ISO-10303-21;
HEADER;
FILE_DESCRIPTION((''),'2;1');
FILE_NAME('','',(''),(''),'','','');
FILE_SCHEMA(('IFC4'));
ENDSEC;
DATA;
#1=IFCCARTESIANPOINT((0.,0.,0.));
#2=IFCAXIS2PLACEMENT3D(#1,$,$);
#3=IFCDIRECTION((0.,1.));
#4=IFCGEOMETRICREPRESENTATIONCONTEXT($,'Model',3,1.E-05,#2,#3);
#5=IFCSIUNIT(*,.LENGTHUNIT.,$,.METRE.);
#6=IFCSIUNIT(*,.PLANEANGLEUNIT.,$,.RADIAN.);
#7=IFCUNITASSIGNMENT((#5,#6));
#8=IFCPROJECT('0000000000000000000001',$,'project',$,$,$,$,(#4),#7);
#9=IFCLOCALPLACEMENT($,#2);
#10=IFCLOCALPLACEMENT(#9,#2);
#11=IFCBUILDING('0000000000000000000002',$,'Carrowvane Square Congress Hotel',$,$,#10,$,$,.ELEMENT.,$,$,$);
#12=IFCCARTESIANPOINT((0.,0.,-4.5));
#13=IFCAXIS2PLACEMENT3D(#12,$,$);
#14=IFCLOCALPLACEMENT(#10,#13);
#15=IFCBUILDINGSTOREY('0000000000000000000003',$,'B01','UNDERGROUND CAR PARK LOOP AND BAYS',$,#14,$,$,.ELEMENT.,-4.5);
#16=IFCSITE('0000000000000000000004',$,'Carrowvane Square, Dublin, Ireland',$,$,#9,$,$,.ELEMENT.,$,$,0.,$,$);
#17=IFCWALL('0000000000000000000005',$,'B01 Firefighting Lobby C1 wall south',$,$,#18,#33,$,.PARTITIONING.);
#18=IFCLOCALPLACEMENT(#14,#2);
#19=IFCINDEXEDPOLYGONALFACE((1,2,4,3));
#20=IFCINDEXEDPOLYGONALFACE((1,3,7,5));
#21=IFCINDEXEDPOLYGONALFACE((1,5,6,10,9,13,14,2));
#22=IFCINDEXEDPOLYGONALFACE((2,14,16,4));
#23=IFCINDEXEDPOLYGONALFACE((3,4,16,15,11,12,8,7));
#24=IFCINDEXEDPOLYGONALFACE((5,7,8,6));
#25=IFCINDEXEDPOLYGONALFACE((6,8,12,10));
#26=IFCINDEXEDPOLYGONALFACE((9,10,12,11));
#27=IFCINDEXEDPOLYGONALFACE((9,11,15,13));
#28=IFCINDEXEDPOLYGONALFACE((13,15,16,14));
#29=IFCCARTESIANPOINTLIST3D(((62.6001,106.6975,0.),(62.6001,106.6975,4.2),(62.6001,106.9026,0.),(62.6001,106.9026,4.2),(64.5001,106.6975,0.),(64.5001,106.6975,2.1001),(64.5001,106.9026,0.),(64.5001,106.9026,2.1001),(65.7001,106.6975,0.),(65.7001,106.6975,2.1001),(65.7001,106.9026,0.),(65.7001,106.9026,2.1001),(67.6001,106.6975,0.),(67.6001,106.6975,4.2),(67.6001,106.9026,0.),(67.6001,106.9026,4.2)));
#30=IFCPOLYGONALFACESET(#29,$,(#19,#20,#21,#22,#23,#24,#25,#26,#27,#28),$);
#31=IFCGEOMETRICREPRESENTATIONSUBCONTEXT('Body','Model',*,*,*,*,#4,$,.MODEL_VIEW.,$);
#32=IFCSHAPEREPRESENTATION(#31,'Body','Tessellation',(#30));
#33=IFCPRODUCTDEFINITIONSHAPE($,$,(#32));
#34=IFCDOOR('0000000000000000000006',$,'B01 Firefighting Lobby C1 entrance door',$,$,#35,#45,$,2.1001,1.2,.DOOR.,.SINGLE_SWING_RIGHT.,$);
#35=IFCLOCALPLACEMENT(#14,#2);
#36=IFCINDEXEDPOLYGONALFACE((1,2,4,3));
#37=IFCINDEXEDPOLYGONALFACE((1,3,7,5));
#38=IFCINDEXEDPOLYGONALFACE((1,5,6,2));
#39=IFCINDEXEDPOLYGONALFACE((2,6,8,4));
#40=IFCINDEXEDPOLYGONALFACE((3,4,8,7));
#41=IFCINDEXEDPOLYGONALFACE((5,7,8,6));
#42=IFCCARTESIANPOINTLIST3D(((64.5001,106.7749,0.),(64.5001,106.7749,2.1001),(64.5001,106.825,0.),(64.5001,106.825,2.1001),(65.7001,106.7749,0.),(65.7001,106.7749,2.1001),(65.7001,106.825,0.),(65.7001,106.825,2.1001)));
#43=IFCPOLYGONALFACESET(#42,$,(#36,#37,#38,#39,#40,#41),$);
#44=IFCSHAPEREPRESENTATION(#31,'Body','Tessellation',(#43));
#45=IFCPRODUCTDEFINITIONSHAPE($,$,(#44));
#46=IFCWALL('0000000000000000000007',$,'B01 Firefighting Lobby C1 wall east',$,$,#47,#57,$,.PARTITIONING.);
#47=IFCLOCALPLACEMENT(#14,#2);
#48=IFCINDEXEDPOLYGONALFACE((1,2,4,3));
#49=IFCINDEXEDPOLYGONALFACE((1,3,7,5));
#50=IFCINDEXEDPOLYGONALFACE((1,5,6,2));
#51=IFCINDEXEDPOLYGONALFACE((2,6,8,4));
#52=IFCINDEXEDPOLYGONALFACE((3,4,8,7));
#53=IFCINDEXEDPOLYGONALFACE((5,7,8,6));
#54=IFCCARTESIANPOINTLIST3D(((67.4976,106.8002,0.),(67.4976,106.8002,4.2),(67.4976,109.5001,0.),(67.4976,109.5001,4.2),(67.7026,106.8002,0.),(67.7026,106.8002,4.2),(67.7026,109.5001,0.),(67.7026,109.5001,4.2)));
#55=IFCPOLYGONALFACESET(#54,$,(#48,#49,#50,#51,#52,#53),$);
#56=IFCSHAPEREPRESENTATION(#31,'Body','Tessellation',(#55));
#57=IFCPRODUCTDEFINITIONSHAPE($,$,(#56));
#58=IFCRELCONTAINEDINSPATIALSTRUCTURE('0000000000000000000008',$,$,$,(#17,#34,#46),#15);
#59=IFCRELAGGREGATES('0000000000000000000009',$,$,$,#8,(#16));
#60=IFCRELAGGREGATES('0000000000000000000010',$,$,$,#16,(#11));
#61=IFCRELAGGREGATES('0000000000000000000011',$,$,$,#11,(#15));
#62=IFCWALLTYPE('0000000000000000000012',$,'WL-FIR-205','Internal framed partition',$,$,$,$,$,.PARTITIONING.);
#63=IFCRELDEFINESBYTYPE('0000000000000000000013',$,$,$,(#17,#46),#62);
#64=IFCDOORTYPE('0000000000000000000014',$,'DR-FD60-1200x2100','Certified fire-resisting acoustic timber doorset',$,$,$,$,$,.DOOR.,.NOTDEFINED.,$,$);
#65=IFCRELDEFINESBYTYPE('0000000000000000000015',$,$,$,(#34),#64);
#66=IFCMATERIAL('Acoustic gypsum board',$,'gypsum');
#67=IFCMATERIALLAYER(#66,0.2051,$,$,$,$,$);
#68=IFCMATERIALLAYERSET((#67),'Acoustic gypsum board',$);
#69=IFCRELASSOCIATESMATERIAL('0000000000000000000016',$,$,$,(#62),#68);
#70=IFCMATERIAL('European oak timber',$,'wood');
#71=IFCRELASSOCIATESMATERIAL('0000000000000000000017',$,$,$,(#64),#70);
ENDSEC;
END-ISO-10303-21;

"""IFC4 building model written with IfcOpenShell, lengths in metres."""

from ifc_helpers import new_model, si_unit, direction, frame, frame_2d, origin, place, context, subcontext, project, spatial, rectangle, extrude, material, layer, layer_set, type_object, element, fill, save


model = new_model("IFC4")

# Units and contexts
model_context = context("Model", 3, precision=1e-05, world=origin(), true_north=direction((0.0, 1.0)))
body_context = subcontext(model_context, "Body", "Model", "MODEL_VIEW")
ifc_project = project(units=[si_unit("LENGTHUNIT", "METRE"), si_unit("PLANEANGLEUNIT", "RADIAN")], contexts=[model_context])

# Site, building, storey
site_placement = place(None, origin())
site = spatial("IfcSite", under=ifc_project, at=site_placement, Name="Carrowvane Square, Dublin, Ireland", CompositionType="ELEMENT", RefElevation=0.0)
building_placement = place(site_placement, origin())
building = spatial("IfcBuilding", under=site, at=building_placement, Name="Carrowvane Square Congress Hotel", CompositionType="ELEMENT")
storey_placement = place(building_placement, frame((0.0, 0.0, -4.5)))
storey = spatial("IfcBuildingStorey", under=building, at=storey_placement, Name="B01", Description="UNDERGROUND CAR PARK LOOP AND BAYS", CompositionType="ELEMENT", Elevation=-4.5)

# Wall, opening, door
ifc_material_1 = material(Name="Acoustic gypsum board", Category="gypsum")
ifc_layer_1 = layer(ifc_material_1, 0.2051)
ifc_layer_set_1 = layer_set([ifc_layer_1], Name="Acoustic gypsum board")
wall_type_1 = type_object("IfcWallType", Name="WL-FIR-205", Description="Internal framed partition", PredefinedType="PARTITIONING", material=ifc_layer_set_1)
wall_1_placement = place(storey_placement, frame((62.6001, 106.8, 0.0), z_axis=(0.0, 0.0, 1.0), x_axis=(1.0, 0.0, 0.0)))
wall_1 = element("IfcWall", 1, at=wall_1_placement, inside=storey, type_object=wall_type_1, Name="B01 Firefighting Lobby C1 wall south", PredefinedType="PARTITIONING", context=body_context, shape_type="SweptSolid", body=[
    extrude(rectangle(XDim=5.0, YDim=0.2051, at=frame_2d((2.5, 0.0))), origin(), (0.0, 0.0, 1.0), 4.2),
])
opening_1_placement = place(wall_1_placement, frame((1.8999, 0.0, 0.0)))
opening_1 = element("IfcOpeningElement", 2, at=opening_1_placement, cuts=wall_1, PredefinedType="OPENING", context=body_context, shape_type="SweptSolid", body=[
    extrude(rectangle(XDim=1.2, YDim=2.1001, at=frame_2d((0.6001, 1.05))), frame((0.0, 0.1125, 0.0), z_axis=(0.0, -1.0, 0.0), x_axis=(1.0, 0.0, 0.0)), (0.0, 0.0, 1.0), 0.2251),
])
ifc_material_2 = material(Name="European oak timber", Category="wood")
door_type_1 = type_object("IfcDoorType", Name="DR-FD60-1200x2100", Description="Certified fire-resisting acoustic timber doorset", OperationType="NOTDEFINED", PredefinedType="DOOR", material=ifc_material_2)
door_1_placement = place(opening_1_placement, origin())
door_1 = element("IfcDoor", 3, at=door_1_placement, inside=storey, type_object=door_type_1, Name="B01 Firefighting Lobby C1 entrance door", OperationType="SINGLE_SWING_RIGHT", OverallHeight=2.1001, OverallWidth=1.2, PredefinedType="DOOR", context=body_context, shape_type="SweptSolid", body=[
    extrude(rectangle(XDim=1.2, YDim=2.1001, at=frame_2d((0.6001, 1.05))), frame((0.0, 0.0249, 0.0), z_axis=(0.0, -1.0, 0.0), x_axis=(1.0, 0.0, 0.0)), (0.0, 0.0, 1.0), 0.05),
])
fill(opening_1, door_1)

# Wall
wall_2_placement = place(storey_placement, frame((67.6001, 106.8, 0.0), z_axis=(0.0, 0.0, 1.0), x_axis=(0.0, 1.0, 0.0)))
element("IfcWall", 4, at=wall_2_placement, inside=storey, type_object=wall_type_1, Name="B01 Firefighting Lobby C1 wall east", PredefinedType="PARTITIONING", context=body_context, shape_type="SweptSolid", body=[
    extrude(rectangle(XDim=2.7, YDim=0.2051, at=frame_2d((1.3501, 0.0))), origin(), (0.0, 0.0, 1.0), 4.2),
])

save(model, "model.ifc")
